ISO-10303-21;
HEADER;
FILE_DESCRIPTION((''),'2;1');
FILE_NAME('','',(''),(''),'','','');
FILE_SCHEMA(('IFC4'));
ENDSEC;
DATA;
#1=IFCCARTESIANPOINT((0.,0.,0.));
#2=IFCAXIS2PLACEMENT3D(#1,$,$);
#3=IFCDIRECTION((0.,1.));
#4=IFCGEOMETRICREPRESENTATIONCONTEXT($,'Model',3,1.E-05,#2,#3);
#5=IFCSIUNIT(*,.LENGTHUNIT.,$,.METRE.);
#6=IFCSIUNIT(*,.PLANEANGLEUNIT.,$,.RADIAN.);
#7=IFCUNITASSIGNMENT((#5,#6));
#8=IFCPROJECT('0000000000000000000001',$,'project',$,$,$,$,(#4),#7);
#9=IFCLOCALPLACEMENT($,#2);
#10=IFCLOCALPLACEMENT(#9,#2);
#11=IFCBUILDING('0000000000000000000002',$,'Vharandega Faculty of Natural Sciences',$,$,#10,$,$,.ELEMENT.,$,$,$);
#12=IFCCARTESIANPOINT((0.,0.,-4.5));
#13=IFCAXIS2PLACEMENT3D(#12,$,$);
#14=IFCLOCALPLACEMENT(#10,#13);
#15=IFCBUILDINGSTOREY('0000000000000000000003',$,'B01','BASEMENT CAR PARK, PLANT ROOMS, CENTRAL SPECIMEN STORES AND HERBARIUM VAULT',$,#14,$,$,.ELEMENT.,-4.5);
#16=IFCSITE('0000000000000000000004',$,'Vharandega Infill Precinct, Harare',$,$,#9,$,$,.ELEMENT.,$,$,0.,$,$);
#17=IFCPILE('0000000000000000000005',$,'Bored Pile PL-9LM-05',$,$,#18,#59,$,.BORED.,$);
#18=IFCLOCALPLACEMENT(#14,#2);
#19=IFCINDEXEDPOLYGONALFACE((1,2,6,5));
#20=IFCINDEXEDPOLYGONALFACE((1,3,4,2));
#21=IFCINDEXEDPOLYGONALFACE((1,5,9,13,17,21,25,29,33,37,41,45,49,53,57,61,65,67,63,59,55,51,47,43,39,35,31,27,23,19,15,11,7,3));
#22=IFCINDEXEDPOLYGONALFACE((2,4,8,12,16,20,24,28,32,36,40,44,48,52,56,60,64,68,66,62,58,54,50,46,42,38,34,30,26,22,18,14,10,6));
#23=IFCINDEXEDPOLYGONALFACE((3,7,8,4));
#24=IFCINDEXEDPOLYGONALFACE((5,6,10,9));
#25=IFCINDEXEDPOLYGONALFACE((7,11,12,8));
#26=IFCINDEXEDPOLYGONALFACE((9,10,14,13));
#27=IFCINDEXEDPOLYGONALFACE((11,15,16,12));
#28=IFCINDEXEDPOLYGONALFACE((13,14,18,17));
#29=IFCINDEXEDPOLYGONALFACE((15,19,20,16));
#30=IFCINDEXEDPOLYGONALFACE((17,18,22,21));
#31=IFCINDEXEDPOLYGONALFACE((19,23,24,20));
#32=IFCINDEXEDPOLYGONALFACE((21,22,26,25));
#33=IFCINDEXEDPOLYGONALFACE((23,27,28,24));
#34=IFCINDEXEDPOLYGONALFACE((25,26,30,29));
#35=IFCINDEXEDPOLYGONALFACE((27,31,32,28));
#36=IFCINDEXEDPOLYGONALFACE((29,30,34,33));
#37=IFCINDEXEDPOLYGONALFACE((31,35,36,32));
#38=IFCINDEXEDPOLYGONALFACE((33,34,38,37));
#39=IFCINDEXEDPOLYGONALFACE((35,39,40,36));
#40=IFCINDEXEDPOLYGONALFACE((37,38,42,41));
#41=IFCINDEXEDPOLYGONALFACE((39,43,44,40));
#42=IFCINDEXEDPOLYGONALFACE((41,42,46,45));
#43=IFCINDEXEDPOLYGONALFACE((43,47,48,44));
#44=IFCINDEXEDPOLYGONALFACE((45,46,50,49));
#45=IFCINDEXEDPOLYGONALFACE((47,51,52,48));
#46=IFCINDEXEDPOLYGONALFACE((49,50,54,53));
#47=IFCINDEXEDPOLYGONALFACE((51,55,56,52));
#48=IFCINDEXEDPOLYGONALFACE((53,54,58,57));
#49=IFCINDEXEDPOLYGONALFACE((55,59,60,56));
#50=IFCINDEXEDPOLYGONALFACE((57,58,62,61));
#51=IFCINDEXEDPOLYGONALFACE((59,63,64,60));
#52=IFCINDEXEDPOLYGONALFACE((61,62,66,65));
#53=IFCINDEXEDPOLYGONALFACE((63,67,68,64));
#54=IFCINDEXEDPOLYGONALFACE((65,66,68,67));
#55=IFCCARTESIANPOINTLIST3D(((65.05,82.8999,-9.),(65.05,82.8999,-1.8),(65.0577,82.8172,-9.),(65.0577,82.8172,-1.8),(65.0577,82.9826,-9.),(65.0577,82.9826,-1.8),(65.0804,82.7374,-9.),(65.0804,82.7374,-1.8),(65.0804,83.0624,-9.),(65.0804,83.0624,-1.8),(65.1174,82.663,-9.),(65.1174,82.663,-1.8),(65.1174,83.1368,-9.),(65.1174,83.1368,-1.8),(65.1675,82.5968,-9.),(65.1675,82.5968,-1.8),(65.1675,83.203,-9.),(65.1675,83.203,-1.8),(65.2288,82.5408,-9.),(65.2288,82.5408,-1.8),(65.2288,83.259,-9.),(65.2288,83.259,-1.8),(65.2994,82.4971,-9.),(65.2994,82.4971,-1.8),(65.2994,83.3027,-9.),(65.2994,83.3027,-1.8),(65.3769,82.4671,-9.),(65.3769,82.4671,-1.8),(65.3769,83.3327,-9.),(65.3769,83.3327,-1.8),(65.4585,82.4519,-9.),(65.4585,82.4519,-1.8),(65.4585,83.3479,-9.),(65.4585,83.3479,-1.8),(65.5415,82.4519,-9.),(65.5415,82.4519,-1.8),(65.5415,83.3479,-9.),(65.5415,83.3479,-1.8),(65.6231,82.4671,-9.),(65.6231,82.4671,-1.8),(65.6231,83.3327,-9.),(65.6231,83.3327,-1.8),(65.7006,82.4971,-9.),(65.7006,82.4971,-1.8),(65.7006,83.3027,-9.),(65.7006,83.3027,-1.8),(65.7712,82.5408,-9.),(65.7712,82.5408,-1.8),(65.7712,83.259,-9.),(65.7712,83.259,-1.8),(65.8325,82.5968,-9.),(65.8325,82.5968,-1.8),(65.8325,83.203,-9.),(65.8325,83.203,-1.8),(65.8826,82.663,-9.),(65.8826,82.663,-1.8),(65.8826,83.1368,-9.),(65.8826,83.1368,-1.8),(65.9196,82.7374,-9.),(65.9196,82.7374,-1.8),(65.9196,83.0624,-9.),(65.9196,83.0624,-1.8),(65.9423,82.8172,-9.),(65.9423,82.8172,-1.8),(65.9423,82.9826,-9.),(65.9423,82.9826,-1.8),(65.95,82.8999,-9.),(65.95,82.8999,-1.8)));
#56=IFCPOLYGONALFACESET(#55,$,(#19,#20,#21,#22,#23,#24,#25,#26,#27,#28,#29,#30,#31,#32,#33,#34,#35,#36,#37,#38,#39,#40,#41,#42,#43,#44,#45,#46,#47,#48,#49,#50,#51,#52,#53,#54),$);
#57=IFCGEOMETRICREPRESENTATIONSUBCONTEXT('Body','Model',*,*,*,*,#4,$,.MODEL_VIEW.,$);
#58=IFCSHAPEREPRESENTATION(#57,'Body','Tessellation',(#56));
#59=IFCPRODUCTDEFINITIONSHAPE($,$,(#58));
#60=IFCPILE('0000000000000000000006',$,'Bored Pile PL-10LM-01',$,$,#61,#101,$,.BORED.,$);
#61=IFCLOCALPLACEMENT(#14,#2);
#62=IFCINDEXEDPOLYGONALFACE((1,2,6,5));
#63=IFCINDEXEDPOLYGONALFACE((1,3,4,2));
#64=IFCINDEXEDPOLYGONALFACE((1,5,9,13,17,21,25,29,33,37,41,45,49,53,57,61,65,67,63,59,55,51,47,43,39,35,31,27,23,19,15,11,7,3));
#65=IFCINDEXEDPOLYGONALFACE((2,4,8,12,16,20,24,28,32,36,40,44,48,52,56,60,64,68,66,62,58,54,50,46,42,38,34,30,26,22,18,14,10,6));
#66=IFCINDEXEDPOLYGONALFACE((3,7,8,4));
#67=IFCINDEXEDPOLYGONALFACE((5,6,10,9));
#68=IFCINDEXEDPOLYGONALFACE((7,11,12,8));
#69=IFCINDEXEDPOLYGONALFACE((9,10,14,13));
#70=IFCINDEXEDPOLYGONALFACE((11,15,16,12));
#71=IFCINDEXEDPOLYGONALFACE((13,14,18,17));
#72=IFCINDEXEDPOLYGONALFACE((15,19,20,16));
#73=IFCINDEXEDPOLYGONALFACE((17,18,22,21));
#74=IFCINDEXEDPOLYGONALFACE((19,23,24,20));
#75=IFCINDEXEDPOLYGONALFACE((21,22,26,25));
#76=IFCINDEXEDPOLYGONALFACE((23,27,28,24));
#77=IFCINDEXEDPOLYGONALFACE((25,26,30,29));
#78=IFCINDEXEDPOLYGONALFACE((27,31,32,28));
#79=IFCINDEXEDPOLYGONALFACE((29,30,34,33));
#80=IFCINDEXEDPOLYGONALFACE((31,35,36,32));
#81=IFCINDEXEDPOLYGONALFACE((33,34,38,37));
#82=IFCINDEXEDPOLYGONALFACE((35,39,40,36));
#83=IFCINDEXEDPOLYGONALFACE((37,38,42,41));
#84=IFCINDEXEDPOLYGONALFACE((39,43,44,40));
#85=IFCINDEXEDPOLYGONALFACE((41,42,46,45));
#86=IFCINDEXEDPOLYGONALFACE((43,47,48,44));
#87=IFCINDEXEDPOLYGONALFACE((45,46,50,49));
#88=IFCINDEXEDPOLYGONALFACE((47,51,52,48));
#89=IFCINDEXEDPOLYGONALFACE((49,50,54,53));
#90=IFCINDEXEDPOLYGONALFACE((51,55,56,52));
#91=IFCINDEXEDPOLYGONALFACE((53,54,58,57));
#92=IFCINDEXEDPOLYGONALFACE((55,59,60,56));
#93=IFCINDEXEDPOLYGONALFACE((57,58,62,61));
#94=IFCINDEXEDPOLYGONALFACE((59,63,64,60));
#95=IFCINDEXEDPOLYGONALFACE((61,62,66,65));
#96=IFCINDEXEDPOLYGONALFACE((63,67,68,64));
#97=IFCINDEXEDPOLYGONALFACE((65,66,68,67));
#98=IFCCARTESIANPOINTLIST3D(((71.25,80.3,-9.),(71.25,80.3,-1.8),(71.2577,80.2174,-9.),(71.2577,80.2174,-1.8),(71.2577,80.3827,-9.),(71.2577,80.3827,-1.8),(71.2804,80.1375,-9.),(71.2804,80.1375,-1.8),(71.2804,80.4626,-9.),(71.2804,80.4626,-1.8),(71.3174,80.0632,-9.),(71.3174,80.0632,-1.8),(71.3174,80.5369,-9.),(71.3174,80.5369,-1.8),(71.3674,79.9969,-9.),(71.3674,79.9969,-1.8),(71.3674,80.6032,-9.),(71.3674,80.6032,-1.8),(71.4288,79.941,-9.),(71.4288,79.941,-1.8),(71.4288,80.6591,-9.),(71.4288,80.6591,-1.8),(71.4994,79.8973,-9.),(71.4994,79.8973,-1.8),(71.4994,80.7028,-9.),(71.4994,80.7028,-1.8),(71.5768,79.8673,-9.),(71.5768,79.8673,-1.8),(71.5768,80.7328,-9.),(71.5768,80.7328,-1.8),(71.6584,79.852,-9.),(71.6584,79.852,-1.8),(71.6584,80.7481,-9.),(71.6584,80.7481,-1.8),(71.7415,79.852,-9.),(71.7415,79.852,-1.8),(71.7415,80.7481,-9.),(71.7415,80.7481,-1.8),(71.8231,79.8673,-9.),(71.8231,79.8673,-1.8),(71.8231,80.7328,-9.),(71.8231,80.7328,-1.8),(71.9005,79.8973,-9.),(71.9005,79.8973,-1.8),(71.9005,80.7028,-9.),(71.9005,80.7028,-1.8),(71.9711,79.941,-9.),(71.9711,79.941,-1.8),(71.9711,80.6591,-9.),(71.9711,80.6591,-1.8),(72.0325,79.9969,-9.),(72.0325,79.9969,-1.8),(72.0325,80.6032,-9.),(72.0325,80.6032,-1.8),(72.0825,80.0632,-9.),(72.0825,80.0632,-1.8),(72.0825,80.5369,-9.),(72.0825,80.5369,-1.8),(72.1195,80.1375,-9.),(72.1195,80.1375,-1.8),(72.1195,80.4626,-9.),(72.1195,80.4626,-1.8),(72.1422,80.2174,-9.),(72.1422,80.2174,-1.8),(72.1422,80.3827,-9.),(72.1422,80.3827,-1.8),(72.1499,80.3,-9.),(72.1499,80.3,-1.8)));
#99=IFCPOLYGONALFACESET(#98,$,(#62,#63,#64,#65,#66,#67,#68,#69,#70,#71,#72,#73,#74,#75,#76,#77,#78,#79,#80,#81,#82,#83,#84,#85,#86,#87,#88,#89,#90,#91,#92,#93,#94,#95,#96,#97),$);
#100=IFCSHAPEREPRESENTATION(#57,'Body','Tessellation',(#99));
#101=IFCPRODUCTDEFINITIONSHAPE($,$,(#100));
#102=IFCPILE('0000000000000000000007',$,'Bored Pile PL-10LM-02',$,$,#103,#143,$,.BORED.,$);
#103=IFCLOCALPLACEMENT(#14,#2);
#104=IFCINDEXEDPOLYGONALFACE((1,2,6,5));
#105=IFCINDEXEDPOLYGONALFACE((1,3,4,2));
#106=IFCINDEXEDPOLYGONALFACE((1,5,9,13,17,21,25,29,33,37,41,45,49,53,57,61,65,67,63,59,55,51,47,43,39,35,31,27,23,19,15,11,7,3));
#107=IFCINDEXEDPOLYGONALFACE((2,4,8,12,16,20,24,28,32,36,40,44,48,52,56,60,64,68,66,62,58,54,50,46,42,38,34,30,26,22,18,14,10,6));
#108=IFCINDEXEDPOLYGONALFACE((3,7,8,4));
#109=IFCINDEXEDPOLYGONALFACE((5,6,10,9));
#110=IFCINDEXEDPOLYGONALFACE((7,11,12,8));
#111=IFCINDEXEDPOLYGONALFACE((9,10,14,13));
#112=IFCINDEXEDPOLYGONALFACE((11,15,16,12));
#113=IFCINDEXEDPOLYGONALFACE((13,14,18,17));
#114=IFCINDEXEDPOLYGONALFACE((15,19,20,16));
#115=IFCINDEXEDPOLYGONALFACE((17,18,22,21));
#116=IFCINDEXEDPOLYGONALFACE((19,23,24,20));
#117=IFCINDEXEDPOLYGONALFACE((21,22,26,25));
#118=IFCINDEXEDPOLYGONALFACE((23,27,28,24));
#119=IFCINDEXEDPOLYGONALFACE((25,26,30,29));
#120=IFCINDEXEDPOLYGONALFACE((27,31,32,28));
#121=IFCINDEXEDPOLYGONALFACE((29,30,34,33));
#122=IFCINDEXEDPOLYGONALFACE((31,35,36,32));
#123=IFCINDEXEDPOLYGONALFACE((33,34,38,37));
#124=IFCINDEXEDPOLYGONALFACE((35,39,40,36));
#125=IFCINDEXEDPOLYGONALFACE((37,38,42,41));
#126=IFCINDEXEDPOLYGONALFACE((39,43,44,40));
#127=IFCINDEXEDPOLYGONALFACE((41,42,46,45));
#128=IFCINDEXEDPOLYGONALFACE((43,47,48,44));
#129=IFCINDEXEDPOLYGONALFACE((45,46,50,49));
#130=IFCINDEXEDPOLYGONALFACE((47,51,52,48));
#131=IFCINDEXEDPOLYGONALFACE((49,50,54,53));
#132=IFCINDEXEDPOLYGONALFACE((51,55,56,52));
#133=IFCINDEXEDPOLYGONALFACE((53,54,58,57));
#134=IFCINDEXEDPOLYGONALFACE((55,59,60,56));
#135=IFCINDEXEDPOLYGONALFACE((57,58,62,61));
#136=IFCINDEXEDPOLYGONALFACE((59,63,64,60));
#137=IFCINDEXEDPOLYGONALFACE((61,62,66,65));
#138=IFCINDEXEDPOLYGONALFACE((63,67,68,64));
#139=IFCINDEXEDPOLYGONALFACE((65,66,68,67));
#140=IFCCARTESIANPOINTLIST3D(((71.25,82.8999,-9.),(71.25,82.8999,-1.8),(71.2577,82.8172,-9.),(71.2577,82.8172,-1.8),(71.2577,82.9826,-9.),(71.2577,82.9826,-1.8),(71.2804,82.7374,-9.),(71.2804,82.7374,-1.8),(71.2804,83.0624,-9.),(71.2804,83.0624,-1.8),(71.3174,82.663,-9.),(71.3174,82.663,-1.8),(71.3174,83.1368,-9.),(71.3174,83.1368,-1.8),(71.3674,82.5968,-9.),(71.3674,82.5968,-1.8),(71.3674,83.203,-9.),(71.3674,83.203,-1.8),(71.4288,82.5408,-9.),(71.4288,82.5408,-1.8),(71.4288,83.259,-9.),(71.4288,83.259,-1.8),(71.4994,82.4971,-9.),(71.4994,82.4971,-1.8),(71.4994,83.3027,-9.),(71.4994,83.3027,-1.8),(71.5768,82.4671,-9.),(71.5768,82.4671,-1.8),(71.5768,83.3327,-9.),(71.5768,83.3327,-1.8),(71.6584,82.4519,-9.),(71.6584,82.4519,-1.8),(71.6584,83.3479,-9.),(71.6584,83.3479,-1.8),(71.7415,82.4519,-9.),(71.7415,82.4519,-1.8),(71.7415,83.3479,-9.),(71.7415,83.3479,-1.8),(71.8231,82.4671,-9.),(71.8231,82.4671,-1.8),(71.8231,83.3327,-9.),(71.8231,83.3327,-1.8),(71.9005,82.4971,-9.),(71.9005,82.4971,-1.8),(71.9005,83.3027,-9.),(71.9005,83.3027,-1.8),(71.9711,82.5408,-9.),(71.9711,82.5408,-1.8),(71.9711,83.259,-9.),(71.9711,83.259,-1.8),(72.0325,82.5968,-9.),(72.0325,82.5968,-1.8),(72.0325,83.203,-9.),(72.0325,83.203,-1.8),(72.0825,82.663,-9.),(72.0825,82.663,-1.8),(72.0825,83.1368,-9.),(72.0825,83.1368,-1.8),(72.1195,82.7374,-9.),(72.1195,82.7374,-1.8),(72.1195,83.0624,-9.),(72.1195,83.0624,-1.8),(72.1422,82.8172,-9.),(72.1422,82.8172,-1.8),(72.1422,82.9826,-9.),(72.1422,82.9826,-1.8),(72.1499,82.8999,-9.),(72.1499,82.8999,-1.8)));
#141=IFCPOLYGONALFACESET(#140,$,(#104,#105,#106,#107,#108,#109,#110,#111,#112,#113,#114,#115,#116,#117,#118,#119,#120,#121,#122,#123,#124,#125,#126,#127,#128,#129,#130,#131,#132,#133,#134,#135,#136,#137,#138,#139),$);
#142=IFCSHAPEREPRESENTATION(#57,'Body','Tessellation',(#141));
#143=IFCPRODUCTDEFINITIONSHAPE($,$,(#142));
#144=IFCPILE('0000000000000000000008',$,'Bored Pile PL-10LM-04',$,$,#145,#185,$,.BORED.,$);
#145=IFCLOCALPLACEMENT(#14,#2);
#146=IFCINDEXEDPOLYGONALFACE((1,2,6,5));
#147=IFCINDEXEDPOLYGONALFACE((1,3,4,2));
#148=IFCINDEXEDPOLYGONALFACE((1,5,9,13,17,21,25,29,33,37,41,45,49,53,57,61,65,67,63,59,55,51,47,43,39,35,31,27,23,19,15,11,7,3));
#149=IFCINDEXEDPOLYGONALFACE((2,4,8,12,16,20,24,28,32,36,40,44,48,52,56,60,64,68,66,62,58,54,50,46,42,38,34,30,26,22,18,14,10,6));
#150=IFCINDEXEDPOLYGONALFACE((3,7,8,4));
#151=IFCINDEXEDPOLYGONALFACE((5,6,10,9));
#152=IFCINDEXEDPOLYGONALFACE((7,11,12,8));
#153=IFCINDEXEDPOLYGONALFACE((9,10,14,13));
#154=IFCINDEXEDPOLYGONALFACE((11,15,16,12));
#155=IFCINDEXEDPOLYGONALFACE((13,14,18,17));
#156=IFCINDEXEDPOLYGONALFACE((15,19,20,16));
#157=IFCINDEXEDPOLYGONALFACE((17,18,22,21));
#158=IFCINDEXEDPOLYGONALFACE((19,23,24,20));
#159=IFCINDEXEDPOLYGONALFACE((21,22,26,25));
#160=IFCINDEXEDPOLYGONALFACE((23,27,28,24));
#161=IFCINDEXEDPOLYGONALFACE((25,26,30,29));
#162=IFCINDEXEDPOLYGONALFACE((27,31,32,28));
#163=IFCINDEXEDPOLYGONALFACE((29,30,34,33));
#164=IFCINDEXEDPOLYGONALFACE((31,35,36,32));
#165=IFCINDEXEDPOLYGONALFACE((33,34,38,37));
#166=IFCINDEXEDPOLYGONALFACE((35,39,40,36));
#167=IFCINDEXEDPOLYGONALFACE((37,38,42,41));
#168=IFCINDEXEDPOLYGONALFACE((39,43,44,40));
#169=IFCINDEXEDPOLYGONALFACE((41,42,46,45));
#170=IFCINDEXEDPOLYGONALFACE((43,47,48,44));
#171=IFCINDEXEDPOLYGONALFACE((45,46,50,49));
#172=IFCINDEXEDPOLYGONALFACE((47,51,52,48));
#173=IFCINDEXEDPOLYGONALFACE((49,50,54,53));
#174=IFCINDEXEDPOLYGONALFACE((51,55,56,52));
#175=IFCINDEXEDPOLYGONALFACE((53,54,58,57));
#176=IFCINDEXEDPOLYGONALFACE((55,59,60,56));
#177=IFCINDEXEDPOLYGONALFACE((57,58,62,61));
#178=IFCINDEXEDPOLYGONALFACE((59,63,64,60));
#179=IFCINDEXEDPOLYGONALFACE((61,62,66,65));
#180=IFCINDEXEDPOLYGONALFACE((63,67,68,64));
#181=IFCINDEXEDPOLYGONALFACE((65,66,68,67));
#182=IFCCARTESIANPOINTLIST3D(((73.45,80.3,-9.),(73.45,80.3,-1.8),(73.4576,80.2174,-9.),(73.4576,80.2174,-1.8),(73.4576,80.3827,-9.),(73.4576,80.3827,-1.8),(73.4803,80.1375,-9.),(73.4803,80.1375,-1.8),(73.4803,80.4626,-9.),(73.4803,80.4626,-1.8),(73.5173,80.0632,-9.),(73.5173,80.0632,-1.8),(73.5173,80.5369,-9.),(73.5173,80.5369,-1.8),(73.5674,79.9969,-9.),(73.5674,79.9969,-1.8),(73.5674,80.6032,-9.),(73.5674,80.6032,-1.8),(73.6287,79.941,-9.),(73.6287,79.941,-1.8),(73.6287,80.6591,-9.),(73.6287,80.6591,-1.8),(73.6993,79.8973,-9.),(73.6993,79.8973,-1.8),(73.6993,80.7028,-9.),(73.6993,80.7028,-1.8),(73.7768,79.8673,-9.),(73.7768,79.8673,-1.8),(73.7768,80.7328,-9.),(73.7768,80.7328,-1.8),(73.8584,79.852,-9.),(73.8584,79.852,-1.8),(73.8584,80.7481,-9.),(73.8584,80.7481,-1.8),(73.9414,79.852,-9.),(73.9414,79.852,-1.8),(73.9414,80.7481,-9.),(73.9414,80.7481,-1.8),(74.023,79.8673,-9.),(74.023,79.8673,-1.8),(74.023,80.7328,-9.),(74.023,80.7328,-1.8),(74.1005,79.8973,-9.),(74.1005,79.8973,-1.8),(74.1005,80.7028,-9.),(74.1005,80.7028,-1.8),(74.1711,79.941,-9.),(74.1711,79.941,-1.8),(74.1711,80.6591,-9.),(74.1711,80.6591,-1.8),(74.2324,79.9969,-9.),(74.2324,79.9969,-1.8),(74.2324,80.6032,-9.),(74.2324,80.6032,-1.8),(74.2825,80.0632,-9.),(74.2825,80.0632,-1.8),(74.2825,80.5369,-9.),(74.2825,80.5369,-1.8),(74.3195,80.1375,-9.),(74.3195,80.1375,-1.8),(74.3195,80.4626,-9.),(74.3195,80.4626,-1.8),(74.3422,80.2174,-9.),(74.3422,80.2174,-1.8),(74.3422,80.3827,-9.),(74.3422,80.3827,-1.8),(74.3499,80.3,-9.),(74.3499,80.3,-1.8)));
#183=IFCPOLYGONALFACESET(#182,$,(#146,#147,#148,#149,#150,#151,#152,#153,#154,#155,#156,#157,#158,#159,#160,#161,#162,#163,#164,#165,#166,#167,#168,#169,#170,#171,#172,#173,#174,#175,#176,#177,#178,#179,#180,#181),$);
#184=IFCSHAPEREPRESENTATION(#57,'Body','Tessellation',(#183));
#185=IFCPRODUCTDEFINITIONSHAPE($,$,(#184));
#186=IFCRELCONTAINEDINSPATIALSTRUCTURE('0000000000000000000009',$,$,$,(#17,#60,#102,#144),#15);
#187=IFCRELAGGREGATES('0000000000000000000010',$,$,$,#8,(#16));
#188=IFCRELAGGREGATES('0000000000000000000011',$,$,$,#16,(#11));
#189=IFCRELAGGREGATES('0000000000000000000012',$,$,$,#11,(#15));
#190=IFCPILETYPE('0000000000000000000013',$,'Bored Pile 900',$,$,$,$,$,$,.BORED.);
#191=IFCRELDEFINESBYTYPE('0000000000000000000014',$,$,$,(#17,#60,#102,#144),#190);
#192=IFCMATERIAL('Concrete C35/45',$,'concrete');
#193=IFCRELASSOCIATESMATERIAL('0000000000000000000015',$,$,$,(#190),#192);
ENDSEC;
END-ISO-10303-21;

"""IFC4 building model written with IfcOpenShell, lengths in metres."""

from ifc_helpers import new_model, si_unit, direction, frame, origin, origin_2d, place, context, subcontext, project, spatial, circle, extrude, material, material_profile, profile_set, type_object, element, save


model = new_model("IFC4")

# Units and contexts
model_context = context("Model", 3, precision=1e-05, world=origin(), true_north=direction((0.0, 1.0)))
body_context = subcontext(model_context, "Body", "Model", "MODEL_VIEW")
ifc_project = project(units=[si_unit("LENGTHUNIT", "METRE"), si_unit("PLANEANGLEUNIT", "RADIAN")], contexts=[model_context])

# Site, building, storey
site_placement = place(None, origin())
site = spatial("IfcSite", under=ifc_project, at=site_placement, Name="Vharandega Infill Precinct, Harare", CompositionType="ELEMENT", RefElevation=0.0)
building_placement = place(site_placement, origin())
building = spatial("IfcBuilding", under=site, at=building_placement, Name="Vharandega Faculty of Natural Sciences", CompositionType="ELEMENT")
storey_placement = place(building_placement, frame((0.0, 0.0, -4.5)))
storey = spatial("IfcBuildingStorey", under=building, at=storey_placement, Name="B01", Description="BASEMENT CAR PARK, PLANT ROOMS, CENTRAL SPECIMEN STORES AND HERBARIUM VAULT", CompositionType="ELEMENT", Elevation=-4.5)

# Piles
ifc_material_1 = material(Name="Concrete C35/45", Category="concrete")
ifc_material_profile_1 = material_profile(ifc_material_1, circle(Radius=0.45, at=origin_2d()), Name="PILE 900")
ifc_profile_set_1 = profile_set([ifc_material_profile_1], Name="Concrete C35/45")
pile_type_1 = type_object("IfcPileType", Name="Bored Pile 900", PredefinedType="BORED", material=ifc_profile_set_1)
for number, where, z_axis, x_axis, name in (
    (1, (65.5, 82.8999, -1.8), (0.0, 0.0, -1.0), (1.0, 0.0, 0.0), "Bored Pile PL-9LM-05"),
    (2, (71.7, 80.3, -1.8), (0.0, 0.0, -1.0), (1.0, 0.0, 0.0), "Bored Pile PL-10LM-01"),
    (3, (71.7, 82.8999, -1.8), (0.0, 0.0, -1.0), (1.0, 0.0, 0.0), "Bored Pile PL-10LM-02"),
    (4, (73.8999, 80.3, -1.8), (0.0, 0.0, -1.0), (1.0, 0.0, 0.0), "Bored Pile PL-10LM-04"),
):
    element("IfcPile", number, at=place(storey_placement, frame(where, z_axis=z_axis, x_axis=x_axis)), inside=storey, type_object=pile_type_1, Name=name, PredefinedType="BORED", context=body_context, shape_type="SweptSolid", body=[
        extrude(circle(Radius=0.45, at=origin_2d()), origin(), (0.0, 0.0, 1.0), 7.2),
    ])

save(model, "model.ifc")
